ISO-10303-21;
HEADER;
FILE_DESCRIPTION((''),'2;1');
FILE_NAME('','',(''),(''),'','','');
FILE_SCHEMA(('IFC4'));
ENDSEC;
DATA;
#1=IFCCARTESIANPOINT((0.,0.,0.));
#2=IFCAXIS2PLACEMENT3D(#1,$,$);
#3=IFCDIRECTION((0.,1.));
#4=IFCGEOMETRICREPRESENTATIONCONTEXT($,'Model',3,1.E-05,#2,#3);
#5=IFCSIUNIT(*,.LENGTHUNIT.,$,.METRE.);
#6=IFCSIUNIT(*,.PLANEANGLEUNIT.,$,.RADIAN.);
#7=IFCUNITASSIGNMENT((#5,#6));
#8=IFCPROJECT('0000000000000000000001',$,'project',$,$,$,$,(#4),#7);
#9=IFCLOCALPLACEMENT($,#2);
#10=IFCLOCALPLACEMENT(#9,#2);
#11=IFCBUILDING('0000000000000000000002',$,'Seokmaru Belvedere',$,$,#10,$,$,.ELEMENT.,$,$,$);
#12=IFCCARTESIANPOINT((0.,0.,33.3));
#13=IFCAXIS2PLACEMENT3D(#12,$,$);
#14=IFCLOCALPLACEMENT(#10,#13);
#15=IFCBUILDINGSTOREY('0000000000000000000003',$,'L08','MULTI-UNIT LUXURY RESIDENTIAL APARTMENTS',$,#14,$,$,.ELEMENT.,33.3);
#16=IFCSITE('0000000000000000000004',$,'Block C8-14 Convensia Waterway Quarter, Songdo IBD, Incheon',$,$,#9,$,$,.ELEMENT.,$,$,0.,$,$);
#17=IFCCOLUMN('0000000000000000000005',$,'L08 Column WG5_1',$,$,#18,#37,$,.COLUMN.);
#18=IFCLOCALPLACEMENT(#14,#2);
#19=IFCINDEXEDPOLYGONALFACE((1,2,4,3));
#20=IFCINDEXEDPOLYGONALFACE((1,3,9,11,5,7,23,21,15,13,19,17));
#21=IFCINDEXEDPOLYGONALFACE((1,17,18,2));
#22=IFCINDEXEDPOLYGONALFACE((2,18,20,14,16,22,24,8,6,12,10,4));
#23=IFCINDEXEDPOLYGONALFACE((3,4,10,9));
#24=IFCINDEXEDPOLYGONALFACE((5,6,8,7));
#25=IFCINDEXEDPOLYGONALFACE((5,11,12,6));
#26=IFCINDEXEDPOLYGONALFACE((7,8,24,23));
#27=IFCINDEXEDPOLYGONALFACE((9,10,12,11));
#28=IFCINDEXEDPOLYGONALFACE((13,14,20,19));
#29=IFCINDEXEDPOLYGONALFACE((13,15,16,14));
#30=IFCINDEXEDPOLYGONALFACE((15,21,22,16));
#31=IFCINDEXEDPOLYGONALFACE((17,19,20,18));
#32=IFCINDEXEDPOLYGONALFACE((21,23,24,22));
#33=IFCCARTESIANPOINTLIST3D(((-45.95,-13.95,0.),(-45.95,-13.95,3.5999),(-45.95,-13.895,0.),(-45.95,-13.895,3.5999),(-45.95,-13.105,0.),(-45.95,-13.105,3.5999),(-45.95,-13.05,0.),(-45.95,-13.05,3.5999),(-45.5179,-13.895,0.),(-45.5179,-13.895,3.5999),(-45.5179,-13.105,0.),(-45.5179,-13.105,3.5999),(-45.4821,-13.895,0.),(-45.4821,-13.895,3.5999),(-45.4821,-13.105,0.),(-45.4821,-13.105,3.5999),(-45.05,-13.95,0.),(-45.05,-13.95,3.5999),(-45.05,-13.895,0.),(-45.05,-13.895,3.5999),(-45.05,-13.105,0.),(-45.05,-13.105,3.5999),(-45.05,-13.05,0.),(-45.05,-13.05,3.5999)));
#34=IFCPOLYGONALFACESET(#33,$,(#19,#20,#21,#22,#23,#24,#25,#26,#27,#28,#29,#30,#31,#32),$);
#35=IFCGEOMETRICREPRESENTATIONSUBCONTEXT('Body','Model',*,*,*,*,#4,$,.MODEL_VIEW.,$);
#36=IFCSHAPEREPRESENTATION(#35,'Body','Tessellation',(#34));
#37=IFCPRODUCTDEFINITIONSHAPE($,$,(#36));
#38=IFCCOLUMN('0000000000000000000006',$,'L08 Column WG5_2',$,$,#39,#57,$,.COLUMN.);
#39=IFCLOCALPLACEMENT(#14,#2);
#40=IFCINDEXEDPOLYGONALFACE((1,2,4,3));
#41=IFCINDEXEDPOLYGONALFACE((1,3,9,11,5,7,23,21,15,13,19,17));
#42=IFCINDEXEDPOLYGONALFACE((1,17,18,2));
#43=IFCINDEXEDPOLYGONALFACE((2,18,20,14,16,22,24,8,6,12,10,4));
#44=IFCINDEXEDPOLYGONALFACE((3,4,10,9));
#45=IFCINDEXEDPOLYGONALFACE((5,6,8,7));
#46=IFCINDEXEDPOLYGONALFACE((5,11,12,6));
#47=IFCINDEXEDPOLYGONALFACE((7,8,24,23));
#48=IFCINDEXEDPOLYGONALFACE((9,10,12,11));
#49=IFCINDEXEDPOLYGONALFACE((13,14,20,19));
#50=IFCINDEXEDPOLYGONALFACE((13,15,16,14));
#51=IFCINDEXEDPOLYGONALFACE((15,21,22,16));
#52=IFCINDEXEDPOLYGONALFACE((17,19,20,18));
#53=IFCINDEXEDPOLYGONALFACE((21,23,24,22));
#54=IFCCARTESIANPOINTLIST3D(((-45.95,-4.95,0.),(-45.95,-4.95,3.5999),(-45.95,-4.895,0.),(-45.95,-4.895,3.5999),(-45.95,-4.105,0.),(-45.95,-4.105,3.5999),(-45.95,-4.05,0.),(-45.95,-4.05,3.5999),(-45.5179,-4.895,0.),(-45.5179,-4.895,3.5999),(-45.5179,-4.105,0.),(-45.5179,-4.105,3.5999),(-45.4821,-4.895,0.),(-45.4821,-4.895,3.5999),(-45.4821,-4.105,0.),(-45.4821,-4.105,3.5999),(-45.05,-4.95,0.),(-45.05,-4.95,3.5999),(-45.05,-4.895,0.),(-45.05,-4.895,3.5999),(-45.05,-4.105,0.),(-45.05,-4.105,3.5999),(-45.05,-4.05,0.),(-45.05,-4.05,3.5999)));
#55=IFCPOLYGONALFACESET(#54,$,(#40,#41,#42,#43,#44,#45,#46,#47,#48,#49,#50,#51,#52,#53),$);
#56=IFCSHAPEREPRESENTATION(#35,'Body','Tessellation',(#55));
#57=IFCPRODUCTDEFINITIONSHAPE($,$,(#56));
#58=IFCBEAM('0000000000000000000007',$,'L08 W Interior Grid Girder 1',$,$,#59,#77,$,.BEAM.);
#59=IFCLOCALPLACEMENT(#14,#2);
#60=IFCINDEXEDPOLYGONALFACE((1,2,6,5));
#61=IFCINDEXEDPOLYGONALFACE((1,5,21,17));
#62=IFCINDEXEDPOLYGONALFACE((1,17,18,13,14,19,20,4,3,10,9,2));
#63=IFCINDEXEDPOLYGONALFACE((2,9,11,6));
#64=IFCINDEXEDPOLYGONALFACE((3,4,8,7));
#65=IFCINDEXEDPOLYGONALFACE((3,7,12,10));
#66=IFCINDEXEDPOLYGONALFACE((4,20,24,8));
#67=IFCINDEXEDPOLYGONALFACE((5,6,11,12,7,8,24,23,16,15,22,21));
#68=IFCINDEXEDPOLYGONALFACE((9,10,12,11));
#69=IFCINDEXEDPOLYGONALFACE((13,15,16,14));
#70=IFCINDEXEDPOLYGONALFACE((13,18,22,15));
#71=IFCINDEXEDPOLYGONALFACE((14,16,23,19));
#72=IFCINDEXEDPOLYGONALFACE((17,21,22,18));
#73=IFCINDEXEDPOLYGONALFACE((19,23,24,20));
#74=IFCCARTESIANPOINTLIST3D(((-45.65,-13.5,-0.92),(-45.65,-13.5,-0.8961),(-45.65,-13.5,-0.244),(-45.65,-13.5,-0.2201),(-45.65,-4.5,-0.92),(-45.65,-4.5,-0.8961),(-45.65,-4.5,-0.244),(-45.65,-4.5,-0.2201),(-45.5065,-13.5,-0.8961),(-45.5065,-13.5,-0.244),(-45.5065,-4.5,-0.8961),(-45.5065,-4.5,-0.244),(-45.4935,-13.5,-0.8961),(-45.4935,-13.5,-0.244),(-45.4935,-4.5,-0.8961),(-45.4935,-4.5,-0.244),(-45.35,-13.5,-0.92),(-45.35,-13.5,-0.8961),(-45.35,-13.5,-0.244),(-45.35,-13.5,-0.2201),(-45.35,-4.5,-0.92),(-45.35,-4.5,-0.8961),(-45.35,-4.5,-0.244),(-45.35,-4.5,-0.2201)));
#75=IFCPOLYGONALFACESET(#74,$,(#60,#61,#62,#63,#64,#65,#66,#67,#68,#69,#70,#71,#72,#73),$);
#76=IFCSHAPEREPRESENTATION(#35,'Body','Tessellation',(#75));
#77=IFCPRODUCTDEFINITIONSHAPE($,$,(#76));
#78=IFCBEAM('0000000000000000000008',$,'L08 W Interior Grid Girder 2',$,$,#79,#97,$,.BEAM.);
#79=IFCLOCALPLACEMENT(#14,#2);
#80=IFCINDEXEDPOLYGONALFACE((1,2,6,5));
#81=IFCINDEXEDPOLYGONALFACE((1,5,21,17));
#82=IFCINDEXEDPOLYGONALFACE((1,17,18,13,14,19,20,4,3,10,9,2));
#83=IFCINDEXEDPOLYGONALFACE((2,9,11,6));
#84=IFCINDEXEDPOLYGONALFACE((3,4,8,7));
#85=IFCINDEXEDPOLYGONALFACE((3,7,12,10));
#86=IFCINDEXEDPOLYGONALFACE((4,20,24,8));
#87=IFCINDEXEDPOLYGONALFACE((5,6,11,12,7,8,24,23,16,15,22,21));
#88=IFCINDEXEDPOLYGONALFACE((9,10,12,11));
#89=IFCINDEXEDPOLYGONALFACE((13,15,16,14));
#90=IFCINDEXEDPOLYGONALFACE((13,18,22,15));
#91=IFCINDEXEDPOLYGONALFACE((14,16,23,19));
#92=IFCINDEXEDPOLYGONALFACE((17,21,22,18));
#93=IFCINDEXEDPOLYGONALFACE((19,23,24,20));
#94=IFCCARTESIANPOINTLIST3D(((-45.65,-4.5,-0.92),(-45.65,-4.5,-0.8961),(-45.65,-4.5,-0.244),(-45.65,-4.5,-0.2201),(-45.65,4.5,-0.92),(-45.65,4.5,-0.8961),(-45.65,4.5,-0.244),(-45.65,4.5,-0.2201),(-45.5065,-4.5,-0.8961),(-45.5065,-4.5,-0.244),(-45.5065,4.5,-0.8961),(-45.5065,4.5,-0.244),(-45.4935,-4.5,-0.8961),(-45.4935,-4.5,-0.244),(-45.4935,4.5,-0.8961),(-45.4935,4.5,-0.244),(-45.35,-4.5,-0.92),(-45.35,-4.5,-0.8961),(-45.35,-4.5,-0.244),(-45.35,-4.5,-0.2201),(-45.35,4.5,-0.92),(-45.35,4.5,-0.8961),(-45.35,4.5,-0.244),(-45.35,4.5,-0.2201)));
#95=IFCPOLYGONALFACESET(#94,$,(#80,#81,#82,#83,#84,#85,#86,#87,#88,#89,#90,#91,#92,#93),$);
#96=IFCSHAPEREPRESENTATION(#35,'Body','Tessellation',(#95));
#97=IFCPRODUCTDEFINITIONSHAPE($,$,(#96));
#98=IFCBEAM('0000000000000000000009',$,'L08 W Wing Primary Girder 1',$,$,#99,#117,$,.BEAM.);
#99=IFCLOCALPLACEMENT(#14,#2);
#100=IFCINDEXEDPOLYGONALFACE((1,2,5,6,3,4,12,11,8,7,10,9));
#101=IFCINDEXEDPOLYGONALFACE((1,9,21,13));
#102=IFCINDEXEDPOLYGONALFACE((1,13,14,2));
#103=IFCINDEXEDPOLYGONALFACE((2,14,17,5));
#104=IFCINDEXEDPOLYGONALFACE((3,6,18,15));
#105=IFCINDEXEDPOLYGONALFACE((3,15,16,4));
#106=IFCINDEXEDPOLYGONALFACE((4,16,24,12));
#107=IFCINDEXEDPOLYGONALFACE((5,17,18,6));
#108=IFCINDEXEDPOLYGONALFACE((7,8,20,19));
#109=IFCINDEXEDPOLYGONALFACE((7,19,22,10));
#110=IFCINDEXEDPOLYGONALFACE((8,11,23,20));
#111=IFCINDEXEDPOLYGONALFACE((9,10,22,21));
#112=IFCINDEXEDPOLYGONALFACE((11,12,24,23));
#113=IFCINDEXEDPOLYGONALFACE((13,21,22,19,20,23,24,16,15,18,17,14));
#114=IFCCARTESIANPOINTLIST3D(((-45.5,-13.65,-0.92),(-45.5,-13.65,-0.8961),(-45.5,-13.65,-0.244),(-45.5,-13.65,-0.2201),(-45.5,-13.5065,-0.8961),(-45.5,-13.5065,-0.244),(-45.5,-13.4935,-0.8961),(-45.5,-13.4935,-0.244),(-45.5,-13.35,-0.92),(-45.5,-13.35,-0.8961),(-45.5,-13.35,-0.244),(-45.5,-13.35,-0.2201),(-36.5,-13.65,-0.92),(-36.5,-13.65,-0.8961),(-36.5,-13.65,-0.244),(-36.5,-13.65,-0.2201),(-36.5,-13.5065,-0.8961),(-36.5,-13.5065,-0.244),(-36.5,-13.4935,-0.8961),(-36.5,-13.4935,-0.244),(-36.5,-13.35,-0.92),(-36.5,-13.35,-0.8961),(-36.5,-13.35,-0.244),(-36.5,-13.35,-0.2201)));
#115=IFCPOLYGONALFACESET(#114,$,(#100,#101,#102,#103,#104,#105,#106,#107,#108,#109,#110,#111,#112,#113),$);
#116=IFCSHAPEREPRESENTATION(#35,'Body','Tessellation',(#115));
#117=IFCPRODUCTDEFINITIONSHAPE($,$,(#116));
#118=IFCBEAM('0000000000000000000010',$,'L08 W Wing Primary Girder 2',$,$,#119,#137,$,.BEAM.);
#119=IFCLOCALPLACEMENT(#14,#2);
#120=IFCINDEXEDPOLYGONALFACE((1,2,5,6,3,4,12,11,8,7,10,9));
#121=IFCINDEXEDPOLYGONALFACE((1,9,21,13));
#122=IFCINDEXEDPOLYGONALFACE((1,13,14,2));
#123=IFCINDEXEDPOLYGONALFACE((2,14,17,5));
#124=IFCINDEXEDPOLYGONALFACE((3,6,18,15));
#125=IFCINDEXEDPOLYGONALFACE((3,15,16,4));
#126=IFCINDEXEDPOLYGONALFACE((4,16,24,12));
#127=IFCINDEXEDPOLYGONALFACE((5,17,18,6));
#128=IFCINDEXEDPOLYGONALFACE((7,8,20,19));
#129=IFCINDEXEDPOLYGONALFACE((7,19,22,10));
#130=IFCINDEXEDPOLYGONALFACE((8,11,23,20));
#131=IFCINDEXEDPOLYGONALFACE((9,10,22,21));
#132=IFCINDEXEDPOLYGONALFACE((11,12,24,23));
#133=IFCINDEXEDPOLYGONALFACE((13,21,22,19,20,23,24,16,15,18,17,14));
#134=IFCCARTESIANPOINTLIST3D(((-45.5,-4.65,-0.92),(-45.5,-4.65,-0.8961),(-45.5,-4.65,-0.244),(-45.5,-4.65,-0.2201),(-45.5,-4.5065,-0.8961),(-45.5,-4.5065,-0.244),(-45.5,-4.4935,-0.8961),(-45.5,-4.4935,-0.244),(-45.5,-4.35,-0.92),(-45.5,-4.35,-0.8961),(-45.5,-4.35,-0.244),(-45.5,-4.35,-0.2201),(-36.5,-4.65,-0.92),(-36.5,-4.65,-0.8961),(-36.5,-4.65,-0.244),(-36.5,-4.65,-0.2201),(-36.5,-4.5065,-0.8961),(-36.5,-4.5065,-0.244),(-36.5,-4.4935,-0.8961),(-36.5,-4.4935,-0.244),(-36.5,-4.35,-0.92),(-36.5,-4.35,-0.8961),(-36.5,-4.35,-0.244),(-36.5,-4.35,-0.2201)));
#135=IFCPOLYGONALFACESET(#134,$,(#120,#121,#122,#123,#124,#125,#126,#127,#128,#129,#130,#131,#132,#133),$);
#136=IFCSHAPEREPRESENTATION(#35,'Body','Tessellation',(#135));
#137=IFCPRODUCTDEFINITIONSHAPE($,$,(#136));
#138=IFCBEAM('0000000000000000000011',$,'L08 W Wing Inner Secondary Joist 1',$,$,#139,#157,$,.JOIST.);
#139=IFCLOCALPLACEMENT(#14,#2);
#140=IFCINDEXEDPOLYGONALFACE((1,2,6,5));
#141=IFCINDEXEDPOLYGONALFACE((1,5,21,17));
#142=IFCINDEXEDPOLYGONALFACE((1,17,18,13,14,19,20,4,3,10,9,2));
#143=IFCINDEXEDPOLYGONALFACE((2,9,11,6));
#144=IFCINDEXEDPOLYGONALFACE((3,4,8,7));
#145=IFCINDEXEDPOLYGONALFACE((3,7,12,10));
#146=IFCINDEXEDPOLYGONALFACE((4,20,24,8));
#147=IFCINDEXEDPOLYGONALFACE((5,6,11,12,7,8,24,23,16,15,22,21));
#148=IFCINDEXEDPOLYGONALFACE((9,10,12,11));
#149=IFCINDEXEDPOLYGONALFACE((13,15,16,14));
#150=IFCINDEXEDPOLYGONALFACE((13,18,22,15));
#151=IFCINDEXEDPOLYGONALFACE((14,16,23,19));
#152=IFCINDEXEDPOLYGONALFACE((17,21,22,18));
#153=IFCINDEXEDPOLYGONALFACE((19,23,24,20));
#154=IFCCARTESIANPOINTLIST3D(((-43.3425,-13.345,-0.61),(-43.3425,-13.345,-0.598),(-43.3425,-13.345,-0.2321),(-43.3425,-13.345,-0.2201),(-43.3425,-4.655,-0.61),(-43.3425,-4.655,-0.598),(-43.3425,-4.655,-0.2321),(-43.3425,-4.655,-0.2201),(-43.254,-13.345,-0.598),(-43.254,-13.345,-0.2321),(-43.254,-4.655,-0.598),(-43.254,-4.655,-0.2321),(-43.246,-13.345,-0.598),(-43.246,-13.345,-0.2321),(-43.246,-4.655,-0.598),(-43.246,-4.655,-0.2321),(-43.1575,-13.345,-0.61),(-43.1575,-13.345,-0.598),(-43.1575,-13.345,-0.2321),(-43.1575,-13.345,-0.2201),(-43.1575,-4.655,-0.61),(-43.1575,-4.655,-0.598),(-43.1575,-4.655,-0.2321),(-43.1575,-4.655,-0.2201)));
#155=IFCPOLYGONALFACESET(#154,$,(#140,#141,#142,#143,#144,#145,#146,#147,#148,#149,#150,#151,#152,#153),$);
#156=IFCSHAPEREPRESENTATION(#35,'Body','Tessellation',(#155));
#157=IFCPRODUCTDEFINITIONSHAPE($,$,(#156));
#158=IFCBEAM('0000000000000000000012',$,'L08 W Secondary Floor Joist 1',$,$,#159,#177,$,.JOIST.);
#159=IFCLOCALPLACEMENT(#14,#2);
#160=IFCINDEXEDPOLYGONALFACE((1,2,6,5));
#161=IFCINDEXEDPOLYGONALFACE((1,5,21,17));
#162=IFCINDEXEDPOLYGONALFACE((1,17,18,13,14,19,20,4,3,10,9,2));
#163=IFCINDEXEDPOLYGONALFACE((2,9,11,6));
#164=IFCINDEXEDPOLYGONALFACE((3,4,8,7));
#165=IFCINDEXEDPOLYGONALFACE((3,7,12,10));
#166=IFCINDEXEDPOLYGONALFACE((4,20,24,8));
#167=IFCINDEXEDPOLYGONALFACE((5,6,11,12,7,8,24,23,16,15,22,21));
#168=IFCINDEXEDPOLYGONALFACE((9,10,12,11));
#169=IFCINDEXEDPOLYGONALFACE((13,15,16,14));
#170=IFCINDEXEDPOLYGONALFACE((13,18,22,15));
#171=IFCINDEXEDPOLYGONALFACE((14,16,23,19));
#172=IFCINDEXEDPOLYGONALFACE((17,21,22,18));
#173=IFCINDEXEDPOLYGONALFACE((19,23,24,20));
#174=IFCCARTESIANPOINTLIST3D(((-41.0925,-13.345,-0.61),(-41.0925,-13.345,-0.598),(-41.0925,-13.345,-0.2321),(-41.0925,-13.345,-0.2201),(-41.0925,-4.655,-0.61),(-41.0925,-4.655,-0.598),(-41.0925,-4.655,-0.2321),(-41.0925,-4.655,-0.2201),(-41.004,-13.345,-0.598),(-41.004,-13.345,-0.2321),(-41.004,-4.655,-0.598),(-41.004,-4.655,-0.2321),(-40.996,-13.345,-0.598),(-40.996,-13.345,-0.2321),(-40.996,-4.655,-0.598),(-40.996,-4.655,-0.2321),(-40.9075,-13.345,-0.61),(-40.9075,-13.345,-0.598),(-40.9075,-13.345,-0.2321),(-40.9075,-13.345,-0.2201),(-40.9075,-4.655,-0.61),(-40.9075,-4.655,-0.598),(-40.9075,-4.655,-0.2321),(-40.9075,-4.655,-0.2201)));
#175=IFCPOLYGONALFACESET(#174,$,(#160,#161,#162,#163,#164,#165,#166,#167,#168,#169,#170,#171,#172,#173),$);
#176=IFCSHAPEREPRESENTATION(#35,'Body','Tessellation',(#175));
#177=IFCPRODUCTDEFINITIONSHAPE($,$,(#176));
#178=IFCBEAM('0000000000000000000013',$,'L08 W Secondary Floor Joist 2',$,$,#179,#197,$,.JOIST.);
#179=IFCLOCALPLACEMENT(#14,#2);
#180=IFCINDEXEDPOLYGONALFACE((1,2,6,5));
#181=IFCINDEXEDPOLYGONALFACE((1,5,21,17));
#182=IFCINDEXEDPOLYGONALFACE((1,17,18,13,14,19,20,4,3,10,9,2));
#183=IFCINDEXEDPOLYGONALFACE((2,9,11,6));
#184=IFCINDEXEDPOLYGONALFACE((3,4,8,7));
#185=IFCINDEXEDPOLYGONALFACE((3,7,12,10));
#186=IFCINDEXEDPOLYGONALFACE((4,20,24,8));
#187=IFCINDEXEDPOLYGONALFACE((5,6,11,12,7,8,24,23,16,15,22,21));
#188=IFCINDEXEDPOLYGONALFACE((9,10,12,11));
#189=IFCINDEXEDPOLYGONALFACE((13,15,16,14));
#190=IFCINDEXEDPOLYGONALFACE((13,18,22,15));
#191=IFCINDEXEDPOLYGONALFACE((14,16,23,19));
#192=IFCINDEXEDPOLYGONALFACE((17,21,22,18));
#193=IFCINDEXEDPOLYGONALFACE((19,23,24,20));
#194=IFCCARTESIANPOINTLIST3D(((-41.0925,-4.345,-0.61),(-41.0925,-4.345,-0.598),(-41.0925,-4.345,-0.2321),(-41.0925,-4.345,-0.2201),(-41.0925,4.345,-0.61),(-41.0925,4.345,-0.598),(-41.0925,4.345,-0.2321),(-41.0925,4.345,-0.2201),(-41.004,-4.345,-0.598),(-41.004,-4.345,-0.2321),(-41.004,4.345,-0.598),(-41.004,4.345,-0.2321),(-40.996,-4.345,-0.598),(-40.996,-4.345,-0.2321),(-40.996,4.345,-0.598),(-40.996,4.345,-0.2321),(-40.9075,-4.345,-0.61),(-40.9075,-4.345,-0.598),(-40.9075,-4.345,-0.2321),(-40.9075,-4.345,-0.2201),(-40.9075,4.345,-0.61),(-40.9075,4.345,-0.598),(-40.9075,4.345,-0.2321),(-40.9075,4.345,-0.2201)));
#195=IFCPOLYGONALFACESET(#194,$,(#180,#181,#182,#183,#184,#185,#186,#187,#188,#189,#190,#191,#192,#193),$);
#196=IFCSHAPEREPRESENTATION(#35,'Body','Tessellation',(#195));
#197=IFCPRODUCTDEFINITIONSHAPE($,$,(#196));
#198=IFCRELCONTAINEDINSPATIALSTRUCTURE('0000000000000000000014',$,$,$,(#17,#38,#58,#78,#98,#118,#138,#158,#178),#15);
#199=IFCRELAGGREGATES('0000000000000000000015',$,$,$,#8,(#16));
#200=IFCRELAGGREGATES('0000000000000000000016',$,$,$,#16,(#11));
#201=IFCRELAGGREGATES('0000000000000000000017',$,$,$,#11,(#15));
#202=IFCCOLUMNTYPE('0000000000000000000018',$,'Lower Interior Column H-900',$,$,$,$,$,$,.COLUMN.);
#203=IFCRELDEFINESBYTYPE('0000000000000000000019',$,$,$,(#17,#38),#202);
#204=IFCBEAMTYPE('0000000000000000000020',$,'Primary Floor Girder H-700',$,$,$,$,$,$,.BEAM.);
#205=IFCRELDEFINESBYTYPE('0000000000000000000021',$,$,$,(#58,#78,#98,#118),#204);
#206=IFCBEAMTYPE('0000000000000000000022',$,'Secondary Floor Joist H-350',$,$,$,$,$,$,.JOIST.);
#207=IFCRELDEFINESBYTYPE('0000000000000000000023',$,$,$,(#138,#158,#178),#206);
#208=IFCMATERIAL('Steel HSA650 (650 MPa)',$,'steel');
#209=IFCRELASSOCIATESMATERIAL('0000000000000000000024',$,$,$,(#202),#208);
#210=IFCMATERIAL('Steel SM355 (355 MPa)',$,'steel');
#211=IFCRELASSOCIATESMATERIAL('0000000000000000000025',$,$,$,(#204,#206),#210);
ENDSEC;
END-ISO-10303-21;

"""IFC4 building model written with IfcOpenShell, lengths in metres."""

from ifc_helpers import new_model, si_unit, direction, frame, origin, origin_2d, place, context, subcontext, project, spatial, i_section, extrude, source, transform, mapped, material, material_profile, profile_set, type_object, type_shapes, element, save


model = new_model("IFC4")

# Units and contexts
model_context = context("Model", 3, precision=1e-05, world=origin(), true_north=direction((0.0, 1.0)))
body_context = subcontext(model_context, "Body", "Model", "MODEL_VIEW")
ifc_project = project(units=[si_unit("LENGTHUNIT", "METRE"), si_unit("PLANEANGLEUNIT", "RADIAN")], contexts=[model_context])

# Site, building, storey
site_placement = place(None, origin())
site = spatial("IfcSite", under=ifc_project, at=site_placement, Name="Block C8-14 Convensia Waterway Quarter, Songdo IBD, Incheon", CompositionType="ELEMENT", RefElevation=0.0)
building_placement = place(site_placement, origin())
building = spatial("IfcBuilding", under=site, at=building_placement, Name="Seokmaru Belvedere", CompositionType="ELEMENT")
storey_placement = place(building_placement, frame((0.0, 0.0, 33.3)))
storey = spatial("IfcBuildingStorey", under=building, at=storey_placement, Name="L08", Description="MULTI-UNIT LUXURY RESIDENTIAL APARTMENTS", CompositionType="ELEMENT", Elevation=33.3)

# Columns
ifc_material_1 = material(Name="Steel HSA650 (650 MPa)", Category="steel")
ifc_material_profile_1 = material_profile(ifc_material_1, i_section(OverallWidth=0.8999, OverallDepth=0.8999, WebThickness=0.0359, FlangeThickness=0.0549, at=origin_2d()), Name="H-900x900x36x55")
ifc_profile_set_1 = profile_set([ifc_material_profile_1], Name="Steel HSA650 (650 MPa)")
column_type = type_object("IfcColumnType", Name="Lower Interior Column H-900", PredefinedType="COLUMN", material=ifc_profile_set_1)
shared_shape_1 = source(origin(), body_context, "Body", "SweptSolid", [
    extrude(i_section(OverallWidth=0.8999, OverallDepth=0.8999, WebThickness=0.0359, FlangeThickness=0.0549, at=origin_2d()), origin(), (0.0, 0.0, 1.0), 3.5999),
])
type_shapes(column_type, [shared_shape_1])
for number, where, z_axis, x_axis, name in (
    (1, (-45.5, -13.5, 0.0), (0.0, 0.0, 1.0), (1.0, 0.0, 0.0), "L08 Column WG5_1"),
    (2, (-45.5, -4.5, 0.0), (0.0, 0.0, 1.0), (1.0, 0.0, 0.0), "L08 Column WG5_2"),
):
    element("IfcColumn", number, at=place(storey_placement, frame(where, z_axis=z_axis, x_axis=x_axis)), inside=storey, type_object=column_type, Name=name, PredefinedType="COLUMN", context=body_context, shape_type="MappedRepresentation", body=[
        mapped(shared_shape_1, transform((0.0, 0.0, 0.0), scale=1.0)),
    ])

# Beams
ifc_material_2 = material(Name="Steel SM355 (355 MPa)", Category="steel")
ifc_material_profile_2 = material_profile(ifc_material_2, i_section(OverallWidth=0.3, OverallDepth=0.7, WebThickness=0.0129, FlangeThickness=0.0239, at=origin_2d()), Name="H-700x300x13x24")
ifc_profile_set_2 = profile_set([ifc_material_profile_2], Name="Steel SM355 (355 MPa)")
beam_type_1 = type_object("IfcBeamType", Name="Primary Floor Girder H-700", PredefinedType="BEAM", material=ifc_profile_set_2)
shared_shape_2 = source(origin(), body_context, "Body", "SweptSolid", [
    extrude(i_section(OverallWidth=0.3, OverallDepth=0.7, WebThickness=0.0129, FlangeThickness=0.0239, at=origin_2d()), origin(), (0.0, 0.0, 1.0), 9.0),
])
type_shapes(beam_type_1, [shared_shape_2])
for number, where, z_axis, x_axis, name in (
    (3, (-45.5, -13.5, -0.5701), (0.0, 1.0, 0.0), (-1.0, 0.0, 0.0), "L08 W Interior Grid Girder 1"),
    (4, (-45.5, -4.5, -0.5701), (0.0, 1.0, 0.0), (-1.0, 0.0, 0.0), "L08 W Interior Grid Girder 2"),
    (5, (-45.5, -13.5, -0.5701), (1.0, 0.0, 0.0), (0.0, 1.0, 0.0), "L08 W Wing Primary Girder 1"),
    (6, (-45.5, -4.5, -0.5701), (1.0, 0.0, 0.0), (0.0, 1.0, 0.0), "L08 W Wing Primary Girder 2"),
):
    element("IfcBeam", number, at=place(storey_placement, frame(where, z_axis=z_axis, x_axis=x_axis)), inside=storey, type_object=beam_type_1, Name=name, PredefinedType="BEAM", context=body_context, shape_type="MappedRepresentation", body=[
        mapped(shared_shape_2, transform((0.0, 0.0, 0.0), scale=1.0)),
    ])
ifc_material_profile_3 = material_profile(ifc_material_2, i_section(OverallWidth=0.1851, OverallDepth=0.3899, WebThickness=0.0081, FlangeThickness=0.012, at=origin_2d()), Name="H-390x185x8x12")
ifc_profile_set_3 = profile_set([ifc_material_profile_3], Name="Steel SM355 (355 MPa)")
beam_type_2 = type_object("IfcBeamType", Name="Secondary Floor Joist H-350", PredefinedType="JOIST", material=ifc_profile_set_3)
shared_shape_3 = source(origin(), body_context, "Body", "SweptSolid", [
    extrude(i_section(OverallWidth=0.1851, OverallDepth=0.3899, WebThickness=0.0081, FlangeThickness=0.012, at=origin_2d()), origin(), (0.0, 0.0, 1.0), 8.6899),
])
type_shapes(beam_type_2, [shared_shape_3])
for number, where, z_axis, x_axis, name in (
    (7, (-43.25, -13.345, -0.415), (0.0, 1.0, 0.0), (-1.0, 0.0, 0.0), "L08 W Wing Inner Secondary Joist 1"),
    (8, (-41.0, -13.345, -0.415), (0.0, 1.0, 0.0), (-1.0, 0.0, 0.0), "L08 W Secondary Floor Joist 1"),
    (9, (-41.0, -4.345, -0.415), (0.0, 1.0, 0.0), (-1.0, 0.0, 0.0), "L08 W Secondary Floor Joist 2"),
):
    element("IfcBeam", number, at=place(storey_placement, frame(where, z_axis=z_axis, x_axis=x_axis)), inside=storey, type_object=beam_type_2, Name=name, PredefinedType="JOIST", context=body_context, shape_type="MappedRepresentation", body=[
        mapped(shared_shape_3, transform((0.0, 0.0, 0.0), scale=1.0)),
    ])

save(model, "model.ifc")
